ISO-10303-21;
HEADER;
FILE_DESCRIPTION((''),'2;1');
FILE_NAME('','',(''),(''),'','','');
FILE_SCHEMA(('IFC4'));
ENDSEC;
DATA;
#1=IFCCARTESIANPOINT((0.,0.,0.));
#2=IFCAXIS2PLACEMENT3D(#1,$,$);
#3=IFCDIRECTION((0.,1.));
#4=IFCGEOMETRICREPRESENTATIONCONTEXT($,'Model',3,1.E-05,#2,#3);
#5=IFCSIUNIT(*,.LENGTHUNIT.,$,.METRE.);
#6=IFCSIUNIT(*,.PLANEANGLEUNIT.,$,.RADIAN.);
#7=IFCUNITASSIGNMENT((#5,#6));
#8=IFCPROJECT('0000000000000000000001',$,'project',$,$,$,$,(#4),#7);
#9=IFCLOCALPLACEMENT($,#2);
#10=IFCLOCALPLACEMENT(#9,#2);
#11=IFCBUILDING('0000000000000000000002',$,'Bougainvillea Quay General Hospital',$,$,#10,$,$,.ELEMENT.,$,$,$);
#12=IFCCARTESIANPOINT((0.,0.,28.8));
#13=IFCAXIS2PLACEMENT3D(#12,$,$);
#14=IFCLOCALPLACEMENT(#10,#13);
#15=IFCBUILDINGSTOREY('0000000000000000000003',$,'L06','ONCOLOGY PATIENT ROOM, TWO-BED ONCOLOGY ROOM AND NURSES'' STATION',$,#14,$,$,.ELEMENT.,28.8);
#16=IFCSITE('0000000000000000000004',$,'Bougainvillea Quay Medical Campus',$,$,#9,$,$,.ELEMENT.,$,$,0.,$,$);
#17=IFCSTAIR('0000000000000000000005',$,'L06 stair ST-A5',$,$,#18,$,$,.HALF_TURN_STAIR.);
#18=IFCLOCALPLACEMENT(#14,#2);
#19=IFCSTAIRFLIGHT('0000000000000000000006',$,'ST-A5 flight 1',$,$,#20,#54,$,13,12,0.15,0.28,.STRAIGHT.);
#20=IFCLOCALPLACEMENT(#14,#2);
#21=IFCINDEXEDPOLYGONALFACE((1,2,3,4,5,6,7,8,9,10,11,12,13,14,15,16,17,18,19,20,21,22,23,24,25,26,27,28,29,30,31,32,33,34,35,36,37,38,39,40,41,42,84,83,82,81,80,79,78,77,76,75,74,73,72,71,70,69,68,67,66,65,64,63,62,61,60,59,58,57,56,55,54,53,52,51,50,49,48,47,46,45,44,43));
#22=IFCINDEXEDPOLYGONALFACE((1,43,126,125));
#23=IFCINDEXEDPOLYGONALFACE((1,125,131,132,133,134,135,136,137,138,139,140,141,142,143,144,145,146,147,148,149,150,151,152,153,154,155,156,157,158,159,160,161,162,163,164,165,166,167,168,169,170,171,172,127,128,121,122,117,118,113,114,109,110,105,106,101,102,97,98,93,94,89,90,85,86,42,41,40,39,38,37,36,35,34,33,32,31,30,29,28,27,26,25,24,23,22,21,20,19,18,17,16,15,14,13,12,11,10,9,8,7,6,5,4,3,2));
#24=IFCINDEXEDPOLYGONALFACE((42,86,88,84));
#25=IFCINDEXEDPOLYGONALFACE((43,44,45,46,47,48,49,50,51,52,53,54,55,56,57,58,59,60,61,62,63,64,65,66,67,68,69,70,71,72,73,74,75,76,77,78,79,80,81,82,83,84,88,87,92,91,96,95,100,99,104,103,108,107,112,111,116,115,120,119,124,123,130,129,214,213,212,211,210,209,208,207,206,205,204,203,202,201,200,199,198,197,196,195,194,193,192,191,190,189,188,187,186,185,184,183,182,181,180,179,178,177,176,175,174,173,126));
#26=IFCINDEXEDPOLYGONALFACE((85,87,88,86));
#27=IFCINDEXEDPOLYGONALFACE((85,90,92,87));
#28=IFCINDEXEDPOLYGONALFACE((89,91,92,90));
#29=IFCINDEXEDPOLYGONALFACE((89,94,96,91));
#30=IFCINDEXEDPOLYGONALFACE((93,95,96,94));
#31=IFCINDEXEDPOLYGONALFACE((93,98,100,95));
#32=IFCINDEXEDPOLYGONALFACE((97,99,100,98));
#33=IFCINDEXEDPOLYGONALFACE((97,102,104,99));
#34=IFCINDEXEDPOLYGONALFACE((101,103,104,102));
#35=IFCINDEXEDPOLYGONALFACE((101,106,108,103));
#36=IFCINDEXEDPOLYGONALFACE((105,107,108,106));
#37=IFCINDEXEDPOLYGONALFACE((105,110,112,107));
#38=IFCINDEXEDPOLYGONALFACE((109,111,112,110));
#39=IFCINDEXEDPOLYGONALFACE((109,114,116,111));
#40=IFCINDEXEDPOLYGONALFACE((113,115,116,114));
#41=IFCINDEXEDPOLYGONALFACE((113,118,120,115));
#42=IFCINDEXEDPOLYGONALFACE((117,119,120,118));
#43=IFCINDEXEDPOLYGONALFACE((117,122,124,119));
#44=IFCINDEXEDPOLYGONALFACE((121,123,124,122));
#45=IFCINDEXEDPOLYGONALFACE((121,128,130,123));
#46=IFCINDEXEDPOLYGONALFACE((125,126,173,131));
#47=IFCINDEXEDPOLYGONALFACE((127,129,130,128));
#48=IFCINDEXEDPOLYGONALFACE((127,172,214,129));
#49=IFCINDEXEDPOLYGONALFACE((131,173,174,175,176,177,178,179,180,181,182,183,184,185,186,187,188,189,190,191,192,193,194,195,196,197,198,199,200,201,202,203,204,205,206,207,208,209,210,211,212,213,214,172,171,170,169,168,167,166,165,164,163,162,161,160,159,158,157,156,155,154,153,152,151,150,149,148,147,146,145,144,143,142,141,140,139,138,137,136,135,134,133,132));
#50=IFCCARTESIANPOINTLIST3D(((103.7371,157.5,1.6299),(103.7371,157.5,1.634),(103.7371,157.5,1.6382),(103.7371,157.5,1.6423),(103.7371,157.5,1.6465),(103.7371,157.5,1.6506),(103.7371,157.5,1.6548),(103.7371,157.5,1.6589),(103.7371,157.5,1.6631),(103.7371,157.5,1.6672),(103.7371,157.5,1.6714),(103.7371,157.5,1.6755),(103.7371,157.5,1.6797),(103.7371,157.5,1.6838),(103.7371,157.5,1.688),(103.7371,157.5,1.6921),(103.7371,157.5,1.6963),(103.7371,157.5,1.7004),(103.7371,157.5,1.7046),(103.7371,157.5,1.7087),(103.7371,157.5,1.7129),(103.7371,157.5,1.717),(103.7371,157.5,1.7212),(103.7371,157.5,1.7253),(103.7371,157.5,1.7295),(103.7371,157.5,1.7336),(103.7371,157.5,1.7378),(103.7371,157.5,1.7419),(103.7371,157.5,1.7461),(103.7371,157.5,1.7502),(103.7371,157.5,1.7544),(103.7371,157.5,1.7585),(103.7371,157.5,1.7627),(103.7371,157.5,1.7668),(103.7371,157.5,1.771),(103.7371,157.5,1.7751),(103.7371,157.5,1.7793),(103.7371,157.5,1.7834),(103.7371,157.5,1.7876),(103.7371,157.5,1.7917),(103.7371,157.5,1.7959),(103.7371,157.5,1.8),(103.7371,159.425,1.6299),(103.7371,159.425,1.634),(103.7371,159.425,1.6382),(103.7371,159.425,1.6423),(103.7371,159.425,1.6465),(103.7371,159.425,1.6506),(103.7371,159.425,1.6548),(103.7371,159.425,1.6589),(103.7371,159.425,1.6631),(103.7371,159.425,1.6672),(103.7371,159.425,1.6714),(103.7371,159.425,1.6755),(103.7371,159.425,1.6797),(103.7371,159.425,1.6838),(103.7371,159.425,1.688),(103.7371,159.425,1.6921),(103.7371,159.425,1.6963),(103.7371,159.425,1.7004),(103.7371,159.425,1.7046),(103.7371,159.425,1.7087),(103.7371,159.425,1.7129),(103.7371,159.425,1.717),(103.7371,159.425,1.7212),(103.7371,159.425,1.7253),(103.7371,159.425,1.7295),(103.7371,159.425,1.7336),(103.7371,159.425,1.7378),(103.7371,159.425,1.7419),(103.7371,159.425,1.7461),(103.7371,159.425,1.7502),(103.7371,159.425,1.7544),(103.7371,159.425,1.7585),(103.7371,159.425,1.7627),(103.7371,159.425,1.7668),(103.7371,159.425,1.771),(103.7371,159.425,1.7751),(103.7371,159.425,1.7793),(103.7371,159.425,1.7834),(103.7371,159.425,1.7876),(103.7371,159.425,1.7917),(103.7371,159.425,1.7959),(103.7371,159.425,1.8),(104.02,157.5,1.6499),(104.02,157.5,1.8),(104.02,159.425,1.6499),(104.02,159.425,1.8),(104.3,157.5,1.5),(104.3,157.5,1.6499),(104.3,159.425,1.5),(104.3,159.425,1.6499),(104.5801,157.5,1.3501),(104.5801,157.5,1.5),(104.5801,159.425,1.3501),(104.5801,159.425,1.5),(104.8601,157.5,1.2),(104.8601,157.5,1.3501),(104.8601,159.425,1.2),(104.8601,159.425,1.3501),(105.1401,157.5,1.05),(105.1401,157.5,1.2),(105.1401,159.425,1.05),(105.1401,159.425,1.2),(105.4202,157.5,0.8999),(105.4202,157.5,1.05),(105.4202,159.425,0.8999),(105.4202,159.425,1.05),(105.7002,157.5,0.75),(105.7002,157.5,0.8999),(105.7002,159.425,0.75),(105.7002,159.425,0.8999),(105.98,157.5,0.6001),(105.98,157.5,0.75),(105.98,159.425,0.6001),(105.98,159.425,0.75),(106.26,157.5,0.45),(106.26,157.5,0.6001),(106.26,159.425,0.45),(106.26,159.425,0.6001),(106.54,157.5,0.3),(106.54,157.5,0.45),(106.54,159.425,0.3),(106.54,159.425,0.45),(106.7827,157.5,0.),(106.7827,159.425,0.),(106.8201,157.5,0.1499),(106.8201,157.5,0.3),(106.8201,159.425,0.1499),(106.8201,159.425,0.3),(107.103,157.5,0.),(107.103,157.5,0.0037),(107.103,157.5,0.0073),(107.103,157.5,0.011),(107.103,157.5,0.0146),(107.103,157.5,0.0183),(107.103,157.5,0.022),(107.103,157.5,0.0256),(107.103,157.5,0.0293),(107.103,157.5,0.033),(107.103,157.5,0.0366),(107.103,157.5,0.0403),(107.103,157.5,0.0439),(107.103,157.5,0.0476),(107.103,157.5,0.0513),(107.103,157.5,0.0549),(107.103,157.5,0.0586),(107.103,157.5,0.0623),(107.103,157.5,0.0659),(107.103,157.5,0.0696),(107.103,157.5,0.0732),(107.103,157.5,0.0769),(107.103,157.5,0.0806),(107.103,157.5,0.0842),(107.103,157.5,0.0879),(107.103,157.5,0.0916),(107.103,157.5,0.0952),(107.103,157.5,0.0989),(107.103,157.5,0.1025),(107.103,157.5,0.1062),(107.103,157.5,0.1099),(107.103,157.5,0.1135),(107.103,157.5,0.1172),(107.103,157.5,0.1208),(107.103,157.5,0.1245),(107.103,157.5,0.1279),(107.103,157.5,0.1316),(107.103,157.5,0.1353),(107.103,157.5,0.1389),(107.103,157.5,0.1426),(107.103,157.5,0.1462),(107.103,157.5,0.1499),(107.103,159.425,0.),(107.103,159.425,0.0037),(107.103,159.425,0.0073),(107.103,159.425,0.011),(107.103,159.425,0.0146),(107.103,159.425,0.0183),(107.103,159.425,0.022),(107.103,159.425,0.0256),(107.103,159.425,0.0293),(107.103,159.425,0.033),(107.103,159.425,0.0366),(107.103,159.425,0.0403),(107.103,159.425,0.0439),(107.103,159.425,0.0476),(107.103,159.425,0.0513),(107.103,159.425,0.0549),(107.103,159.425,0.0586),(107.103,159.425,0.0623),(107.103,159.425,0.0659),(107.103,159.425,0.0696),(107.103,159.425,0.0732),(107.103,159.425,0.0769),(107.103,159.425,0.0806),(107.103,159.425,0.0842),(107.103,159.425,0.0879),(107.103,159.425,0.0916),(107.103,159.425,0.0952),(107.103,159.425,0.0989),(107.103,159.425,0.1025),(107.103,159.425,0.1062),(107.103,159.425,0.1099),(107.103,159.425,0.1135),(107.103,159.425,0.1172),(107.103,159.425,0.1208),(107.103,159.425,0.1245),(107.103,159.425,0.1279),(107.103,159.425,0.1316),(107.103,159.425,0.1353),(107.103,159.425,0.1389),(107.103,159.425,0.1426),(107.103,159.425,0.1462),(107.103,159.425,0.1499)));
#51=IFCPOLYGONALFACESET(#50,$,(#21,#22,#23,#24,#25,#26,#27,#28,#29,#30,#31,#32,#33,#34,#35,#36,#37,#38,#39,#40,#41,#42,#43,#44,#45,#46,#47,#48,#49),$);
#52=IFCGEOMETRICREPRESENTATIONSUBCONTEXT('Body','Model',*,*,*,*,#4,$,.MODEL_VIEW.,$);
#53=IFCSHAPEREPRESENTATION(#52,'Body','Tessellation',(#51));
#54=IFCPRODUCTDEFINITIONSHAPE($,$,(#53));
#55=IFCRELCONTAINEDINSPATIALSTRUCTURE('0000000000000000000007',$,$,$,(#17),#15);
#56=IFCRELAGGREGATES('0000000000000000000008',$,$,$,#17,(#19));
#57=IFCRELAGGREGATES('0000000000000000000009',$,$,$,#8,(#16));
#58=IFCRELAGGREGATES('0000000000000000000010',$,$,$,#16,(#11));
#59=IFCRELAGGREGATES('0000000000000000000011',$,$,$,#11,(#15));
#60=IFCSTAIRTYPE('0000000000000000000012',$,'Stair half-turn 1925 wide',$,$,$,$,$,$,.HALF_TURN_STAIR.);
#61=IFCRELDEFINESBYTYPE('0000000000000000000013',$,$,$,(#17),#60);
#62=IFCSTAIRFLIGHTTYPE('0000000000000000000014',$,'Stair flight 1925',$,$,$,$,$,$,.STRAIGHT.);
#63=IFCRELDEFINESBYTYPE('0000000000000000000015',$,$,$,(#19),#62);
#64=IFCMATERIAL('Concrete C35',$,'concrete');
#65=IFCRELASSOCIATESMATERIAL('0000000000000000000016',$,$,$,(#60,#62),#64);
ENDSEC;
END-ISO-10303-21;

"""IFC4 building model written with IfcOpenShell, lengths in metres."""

from ifc_helpers import new_model, si_unit, direction, frame, origin, place, context, subcontext, project, spatial, polyline, outline, extrude, material, type_object, element, aggregate, save


model = new_model("IFC4")

# Units and contexts
model_context = context("Model", 3, precision=1e-05, world=origin(), true_north=direction((0.0, 1.0)))
body_context = subcontext(model_context, "Body", "Model", "MODEL_VIEW")
ifc_project = project(units=[si_unit("LENGTHUNIT", "METRE"), si_unit("PLANEANGLEUNIT", "RADIAN")], contexts=[model_context])

# Site, building, storey
site_placement = place(None, origin())
site = spatial("IfcSite", under=ifc_project, at=site_placement, Name="Bougainvillea Quay Medical Campus", CompositionType="ELEMENT", RefElevation=0.0)
building_placement = place(site_placement, origin())
building = spatial("IfcBuilding", under=site, at=building_placement, Name="Bougainvillea Quay General Hospital", CompositionType="ELEMENT")
storey_placement = place(building_placement, frame((0.0, 0.0, 28.8)))
storey = spatial("IfcBuildingStorey", under=building, at=storey_placement, Name="L06", Description="ONCOLOGY PATIENT ROOM, TWO-BED ONCOLOGY ROOM AND NURSES' STATION", CompositionType="ELEMENT", Elevation=28.8)

# Stair, stair flight
ifc_material_1 = material(Name="Concrete C35", Category="concrete")
stair_type = type_object("IfcStairType", Name="Stair half-turn 1925 wide", PredefinedType="HALF_TURN_STAIR", material=ifc_material_1)
stair_placement = place(storey_placement, origin())
stair = element("IfcStair", 1, at=stair_placement, inside=storey, type_object=stair_type, Name="L06 stair ST-A5", PredefinedType="HALF_TURN_STAIR")
stair_flight_type = type_object("IfcStairFlightType", Name="Stair flight 1925", PredefinedType="STRAIGHT", material=ifc_material_1)
stair_flight_1_placement = place(storey_placement, frame((107.1001, 158.4624, 0.0), z_axis=(0.0, 0.0, 1.0), x_axis=(-1.0, 0.0, 0.0)))
stair_flight_1 = element("IfcStairFlight", 2, at=stair_flight_1_placement, type_object=stair_flight_type, Name="ST-A5 flight 1", NumberOfRisers=13, NumberOfTreads=12, PredefinedType="STRAIGHT", RiserHeight=0.15, TreadLength=0.28, context=body_context, shape_type="SweptSolid", body=[
    extrude(outline(polyline([(-0.0029, 0.0), (-0.0029, 0.0037), (-0.0029, 0.0073), (-0.0029, 0.011), (-0.0029, 0.0146), (-0.0029, 0.0183), (-0.0029, 0.022), (-0.0029, 0.0256), (-0.0029, 0.0293), (-0.0029, 0.033), (-0.0029, 0.0366), (-0.0029, 0.0403), (-0.0029, 0.0439), (-0.0029, 0.0476), (-0.0029, 0.0513), (-0.0029, 0.0549), (-0.0029, 0.0586), (-0.0029, 0.0623), (-0.0029, 0.0659), (-0.0029, 0.0696), (-0.0029, 0.0732), (-0.0029, 0.0769), (-0.0029, 0.0806), (-0.0029, 0.0842), (-0.0029, 0.0879), (-0.0029, 0.0916), (-0.0029, 0.0952), (-0.0029, 0.0989), (-0.0029, 0.1025), (-0.0029, 0.1062), (-0.0029, 0.1099), (-0.0029, 0.1135), (-0.0029, 0.1172), (-0.0029, 0.1208), (-0.0029, 0.1245), (-0.0029, 0.1279), (-0.0029, 0.1316), (-0.0029, 0.1353), (-0.0029, 0.1389), (-0.0029, 0.1426), (-0.0029, 0.1462), (-0.0029, 0.1499), (0.28, 0.1499), (0.28, 0.3), (0.5601, 0.3), (0.5601, 0.45), (0.8401, 0.45), (0.8401, 0.6001), (1.1201, 0.6001), (1.1201, 0.75), (1.3999, 0.75), (1.3999, 0.8999), (1.6799, 0.8999), (1.6799, 1.05), (1.96, 1.05), (1.96, 1.2), (2.24, 1.2), (2.24, 1.3501), (2.52, 1.3501), (2.52, 1.5), (2.8, 1.5), (2.8, 1.6499), (3.0801, 1.6499), (3.0801, 1.8), (3.363, 1.8), (3.363, 1.7959), (3.363, 1.7917), (3.363, 1.7876), (3.363, 1.7834), (3.363, 1.7793), (3.363, 1.7751), (3.363, 1.771), (3.363, 1.7668), (3.363, 1.7627), (3.363, 1.7585), (3.363, 1.7544), (3.363, 1.7502), (3.363, 1.7461), (3.363, 1.7419), (3.363, 1.7378), (3.363, 1.7336), (3.363, 1.7295), (3.363, 1.7253), (3.363, 1.7212), (3.363, 1.717), (3.363, 1.7129), (3.363, 1.7087), (3.363, 1.7046), (3.363, 1.7004), (3.363, 1.6963), (3.363, 1.6921), (3.363, 1.688), (3.363, 1.6838), (3.363, 1.6797), (3.363, 1.6755), (3.363, 1.6714), (3.363, 1.6672), (3.363, 1.6631), (3.363, 1.6589), (3.363, 1.6548), (3.363, 1.6506), (3.363, 1.6465), (3.363, 1.6423), (3.363, 1.6382), (3.363, 1.634), (3.363, 1.6299), (0.3174, 0.0), (-0.0029, 0.0)])), frame((0.0, 0.9624, 0.0), z_axis=(0.0, -1.0, 0.0), x_axis=(1.0, 0.0, 0.0)), (0.0, 0.0, 1.0), 1.925),
])
aggregate(stair, [stair_flight_1])

save(model, "model.ifc")
